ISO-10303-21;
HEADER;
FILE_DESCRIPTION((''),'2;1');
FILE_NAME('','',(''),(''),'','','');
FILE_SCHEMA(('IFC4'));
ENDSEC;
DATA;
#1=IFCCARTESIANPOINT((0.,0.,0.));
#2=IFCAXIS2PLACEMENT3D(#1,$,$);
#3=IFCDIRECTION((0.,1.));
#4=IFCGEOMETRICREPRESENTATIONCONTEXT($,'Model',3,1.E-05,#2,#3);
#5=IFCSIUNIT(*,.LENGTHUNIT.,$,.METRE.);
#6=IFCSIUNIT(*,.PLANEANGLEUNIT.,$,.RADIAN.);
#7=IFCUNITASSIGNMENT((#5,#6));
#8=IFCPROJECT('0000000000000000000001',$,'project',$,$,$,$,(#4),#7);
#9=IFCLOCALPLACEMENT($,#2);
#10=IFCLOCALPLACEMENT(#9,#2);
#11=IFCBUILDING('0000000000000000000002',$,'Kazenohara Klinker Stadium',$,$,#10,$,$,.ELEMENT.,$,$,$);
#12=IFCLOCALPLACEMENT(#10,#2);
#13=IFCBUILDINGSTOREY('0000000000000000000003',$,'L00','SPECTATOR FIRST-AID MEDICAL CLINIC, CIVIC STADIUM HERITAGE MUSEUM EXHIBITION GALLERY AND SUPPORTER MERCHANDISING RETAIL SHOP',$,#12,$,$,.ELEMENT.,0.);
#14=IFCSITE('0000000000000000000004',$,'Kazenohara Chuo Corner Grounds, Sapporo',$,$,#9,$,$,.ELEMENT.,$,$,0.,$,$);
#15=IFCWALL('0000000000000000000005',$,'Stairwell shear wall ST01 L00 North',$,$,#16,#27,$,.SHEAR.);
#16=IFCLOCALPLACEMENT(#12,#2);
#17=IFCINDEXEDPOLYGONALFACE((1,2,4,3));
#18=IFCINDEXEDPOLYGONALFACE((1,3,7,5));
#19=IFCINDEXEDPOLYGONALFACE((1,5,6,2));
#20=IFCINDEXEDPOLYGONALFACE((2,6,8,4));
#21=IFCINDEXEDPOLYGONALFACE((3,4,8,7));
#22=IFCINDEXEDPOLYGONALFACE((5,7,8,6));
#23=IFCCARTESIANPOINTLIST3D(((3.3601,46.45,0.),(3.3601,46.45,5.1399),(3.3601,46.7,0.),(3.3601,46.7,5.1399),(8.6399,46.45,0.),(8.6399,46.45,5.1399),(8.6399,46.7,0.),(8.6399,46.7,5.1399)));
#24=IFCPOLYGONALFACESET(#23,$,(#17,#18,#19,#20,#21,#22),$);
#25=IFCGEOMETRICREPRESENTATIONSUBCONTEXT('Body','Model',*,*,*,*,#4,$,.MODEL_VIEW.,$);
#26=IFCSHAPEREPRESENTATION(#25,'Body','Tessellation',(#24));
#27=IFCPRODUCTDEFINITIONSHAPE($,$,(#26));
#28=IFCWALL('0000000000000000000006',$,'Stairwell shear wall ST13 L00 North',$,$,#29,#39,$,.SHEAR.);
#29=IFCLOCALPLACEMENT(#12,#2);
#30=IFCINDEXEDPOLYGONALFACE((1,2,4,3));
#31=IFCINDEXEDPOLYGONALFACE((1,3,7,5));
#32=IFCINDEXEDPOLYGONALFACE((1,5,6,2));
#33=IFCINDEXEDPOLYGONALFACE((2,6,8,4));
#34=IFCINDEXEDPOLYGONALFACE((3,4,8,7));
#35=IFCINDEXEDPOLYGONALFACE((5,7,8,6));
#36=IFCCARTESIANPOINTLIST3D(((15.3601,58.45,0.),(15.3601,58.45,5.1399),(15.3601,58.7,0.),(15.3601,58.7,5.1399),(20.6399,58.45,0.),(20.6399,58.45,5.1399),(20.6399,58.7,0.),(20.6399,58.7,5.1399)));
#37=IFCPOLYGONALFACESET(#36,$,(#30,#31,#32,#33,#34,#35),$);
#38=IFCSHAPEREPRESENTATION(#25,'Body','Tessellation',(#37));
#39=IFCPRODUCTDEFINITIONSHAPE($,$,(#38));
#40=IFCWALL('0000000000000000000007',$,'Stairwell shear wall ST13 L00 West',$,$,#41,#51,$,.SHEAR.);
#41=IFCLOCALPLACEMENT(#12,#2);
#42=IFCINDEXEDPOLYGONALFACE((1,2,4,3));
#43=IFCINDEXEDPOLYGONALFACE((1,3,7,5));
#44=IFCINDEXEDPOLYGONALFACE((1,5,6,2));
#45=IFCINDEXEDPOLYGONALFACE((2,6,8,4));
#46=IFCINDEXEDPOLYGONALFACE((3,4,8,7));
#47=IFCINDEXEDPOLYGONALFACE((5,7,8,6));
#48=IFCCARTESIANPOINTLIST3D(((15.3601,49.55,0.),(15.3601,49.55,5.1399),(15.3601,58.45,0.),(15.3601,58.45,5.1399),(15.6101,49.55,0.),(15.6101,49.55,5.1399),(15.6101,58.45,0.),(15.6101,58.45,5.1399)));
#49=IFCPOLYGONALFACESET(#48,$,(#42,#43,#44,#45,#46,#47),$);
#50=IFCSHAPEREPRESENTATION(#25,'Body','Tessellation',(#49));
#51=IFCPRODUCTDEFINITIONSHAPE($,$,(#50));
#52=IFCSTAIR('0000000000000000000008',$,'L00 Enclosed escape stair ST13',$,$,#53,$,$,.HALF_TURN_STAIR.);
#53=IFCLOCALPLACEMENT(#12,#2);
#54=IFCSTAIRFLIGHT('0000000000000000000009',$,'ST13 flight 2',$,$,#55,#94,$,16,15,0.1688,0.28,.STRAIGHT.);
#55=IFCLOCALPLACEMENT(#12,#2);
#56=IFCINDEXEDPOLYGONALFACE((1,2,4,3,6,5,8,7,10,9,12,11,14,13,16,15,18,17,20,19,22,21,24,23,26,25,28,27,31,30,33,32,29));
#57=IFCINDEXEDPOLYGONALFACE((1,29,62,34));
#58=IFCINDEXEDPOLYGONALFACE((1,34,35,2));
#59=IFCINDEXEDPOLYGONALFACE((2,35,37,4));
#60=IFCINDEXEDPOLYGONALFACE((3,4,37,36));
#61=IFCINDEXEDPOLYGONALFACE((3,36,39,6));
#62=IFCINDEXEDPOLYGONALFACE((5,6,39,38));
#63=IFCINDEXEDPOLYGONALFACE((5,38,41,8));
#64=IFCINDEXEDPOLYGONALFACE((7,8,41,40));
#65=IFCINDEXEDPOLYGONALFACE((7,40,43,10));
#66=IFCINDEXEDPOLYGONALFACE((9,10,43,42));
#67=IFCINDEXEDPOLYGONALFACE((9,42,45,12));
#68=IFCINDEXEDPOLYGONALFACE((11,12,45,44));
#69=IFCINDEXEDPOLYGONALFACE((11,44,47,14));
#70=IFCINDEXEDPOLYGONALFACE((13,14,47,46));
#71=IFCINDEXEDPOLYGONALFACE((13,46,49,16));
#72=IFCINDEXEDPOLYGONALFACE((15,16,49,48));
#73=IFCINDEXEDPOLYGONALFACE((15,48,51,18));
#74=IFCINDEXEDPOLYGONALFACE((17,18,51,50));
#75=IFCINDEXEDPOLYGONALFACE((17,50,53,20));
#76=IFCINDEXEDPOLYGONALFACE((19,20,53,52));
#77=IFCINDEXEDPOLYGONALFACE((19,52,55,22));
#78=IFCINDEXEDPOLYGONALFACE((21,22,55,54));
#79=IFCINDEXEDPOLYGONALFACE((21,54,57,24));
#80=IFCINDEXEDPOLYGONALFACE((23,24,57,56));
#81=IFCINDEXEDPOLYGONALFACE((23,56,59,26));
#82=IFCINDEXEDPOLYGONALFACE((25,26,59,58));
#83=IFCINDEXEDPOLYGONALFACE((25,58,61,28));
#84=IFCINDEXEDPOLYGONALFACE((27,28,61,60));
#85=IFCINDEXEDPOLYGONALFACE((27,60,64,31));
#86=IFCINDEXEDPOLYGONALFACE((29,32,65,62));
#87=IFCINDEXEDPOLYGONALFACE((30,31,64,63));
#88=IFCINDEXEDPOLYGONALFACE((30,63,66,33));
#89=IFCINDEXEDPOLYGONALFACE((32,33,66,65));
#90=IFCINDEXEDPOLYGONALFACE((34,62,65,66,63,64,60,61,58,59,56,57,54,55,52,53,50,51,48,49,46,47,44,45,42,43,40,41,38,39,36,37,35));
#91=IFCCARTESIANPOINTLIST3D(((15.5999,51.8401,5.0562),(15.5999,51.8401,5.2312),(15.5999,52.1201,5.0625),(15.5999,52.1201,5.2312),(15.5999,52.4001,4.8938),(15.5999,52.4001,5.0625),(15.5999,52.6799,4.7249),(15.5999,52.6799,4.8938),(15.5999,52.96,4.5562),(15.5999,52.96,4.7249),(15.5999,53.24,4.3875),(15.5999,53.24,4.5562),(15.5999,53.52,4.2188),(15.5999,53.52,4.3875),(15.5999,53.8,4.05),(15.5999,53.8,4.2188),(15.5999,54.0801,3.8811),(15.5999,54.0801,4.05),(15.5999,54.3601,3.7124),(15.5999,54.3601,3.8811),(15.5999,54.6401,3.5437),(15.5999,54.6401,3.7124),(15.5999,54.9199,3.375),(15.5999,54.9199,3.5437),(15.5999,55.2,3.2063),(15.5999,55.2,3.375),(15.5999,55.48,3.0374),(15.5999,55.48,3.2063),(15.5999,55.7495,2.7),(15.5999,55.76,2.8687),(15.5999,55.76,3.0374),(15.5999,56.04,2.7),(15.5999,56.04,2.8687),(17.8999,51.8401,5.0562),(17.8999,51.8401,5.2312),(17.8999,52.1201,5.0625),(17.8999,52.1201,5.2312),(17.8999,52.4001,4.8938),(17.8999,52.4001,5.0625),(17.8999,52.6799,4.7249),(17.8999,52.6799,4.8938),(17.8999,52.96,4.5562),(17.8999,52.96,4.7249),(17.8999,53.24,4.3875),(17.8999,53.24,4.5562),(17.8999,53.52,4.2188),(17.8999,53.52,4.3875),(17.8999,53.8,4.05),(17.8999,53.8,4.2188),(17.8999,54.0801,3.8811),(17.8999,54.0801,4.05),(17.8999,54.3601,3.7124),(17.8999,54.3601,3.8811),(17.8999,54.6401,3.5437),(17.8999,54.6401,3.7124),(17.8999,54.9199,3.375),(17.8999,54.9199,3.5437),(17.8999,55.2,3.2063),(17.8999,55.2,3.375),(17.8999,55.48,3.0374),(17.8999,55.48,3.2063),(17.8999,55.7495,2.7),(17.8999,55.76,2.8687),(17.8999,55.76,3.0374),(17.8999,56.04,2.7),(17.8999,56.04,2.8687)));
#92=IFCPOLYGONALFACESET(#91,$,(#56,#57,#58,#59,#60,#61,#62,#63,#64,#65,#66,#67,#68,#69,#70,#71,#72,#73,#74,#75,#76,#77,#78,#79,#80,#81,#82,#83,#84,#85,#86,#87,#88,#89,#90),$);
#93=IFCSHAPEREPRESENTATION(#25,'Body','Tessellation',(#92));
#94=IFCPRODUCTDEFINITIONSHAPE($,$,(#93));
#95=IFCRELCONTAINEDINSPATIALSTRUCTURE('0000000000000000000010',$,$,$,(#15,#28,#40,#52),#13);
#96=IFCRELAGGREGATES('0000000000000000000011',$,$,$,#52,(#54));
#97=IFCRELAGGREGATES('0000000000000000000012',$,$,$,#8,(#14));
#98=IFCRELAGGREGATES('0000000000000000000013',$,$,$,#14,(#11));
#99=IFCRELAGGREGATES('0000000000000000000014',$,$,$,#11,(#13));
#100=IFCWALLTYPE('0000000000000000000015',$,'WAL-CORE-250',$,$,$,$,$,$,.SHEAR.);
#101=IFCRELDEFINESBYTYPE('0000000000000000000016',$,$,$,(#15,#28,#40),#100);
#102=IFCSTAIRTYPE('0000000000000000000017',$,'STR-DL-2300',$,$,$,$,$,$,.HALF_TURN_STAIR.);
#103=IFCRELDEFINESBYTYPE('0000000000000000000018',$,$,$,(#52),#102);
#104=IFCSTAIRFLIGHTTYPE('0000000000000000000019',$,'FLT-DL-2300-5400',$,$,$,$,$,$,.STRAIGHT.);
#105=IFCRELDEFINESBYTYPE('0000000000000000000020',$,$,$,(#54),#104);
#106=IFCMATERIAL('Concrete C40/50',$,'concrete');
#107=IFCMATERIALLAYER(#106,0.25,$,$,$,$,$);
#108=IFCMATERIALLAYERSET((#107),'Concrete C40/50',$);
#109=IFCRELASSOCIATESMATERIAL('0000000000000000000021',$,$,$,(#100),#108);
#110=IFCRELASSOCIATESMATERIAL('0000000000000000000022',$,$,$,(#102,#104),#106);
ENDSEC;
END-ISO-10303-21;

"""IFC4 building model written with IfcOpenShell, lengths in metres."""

from ifc_helpers import new_model, si_unit, direction, frame, frame_2d, origin, place, context, subcontext, project, spatial, polyline, rectangle, outline, extrude, material, layer, layer_set, type_object, element, aggregate, save


model = new_model("IFC4")

# Units and contexts
model_context = context("Model", 3, precision=1e-05, world=origin(), true_north=direction((0.0, 1.0)))
body_context = subcontext(model_context, "Body", "Model", "MODEL_VIEW")
ifc_project = project(units=[si_unit("LENGTHUNIT", "METRE"), si_unit("PLANEANGLEUNIT", "RADIAN")], contexts=[model_context])

# Site, building, storey
site_placement = place(None, origin())
site = spatial("IfcSite", under=ifc_project, at=site_placement, Name="Kazenohara Chuo Corner Grounds, Sapporo", CompositionType="ELEMENT", RefElevation=0.0)
building_placement = place(site_placement, origin())
building = spatial("IfcBuilding", under=site, at=building_placement, Name="Kazenohara Klinker Stadium", CompositionType="ELEMENT")
storey_placement = place(building_placement, origin())
storey = spatial("IfcBuildingStorey", under=building, at=storey_placement, Name="L00", Description="SPECTATOR FIRST-AID MEDICAL CLINIC, CIVIC STADIUM HERITAGE MUSEUM EXHIBITION GALLERY AND SUPPORTER MERCHANDISING RETAIL SHOP", CompositionType="ELEMENT", Elevation=0.0)

# Shared definitions
ifc_material_1 = material(Name="Concrete C40/50", Category="concrete")

# Wall
ifc_layer_1 = layer(ifc_material_1, 0.25)
ifc_layer_set_1 = layer_set([ifc_layer_1], Name="Concrete C40/50")
wall_type_1 = type_object("IfcWallType", Name="WAL-CORE-250", PredefinedType="SHEAR", material=ifc_layer_set_1)
wall_1_placement = place(storey_placement, frame((3.3601, 46.575, 0.0), z_axis=(0.0, 0.0, 1.0), x_axis=(1.0, 0.0, 0.0)))
element("IfcWall", 1, at=wall_1_placement, inside=storey, type_object=wall_type_1, Name="Stairwell shear wall ST01 L00 North", PredefinedType="SHEAR", context=body_context, shape_type="SweptSolid", body=[
    extrude(rectangle(XDim=5.2798, YDim=0.25, at=frame_2d((2.6399, 0.0))), origin(), (0.0, 0.0, 1.0), 5.1399),
])

# Walls
wall_2_placement = place(storey_placement, frame((15.3601, 58.575, 0.0), z_axis=(0.0, 0.0, 1.0), x_axis=(1.0, 0.0, 0.0)))
element("IfcWall", 2, at=wall_2_placement, inside=storey, type_object=wall_type_1, Name="Stairwell shear wall ST13 L00 North", PredefinedType="SHEAR", context=body_context, shape_type="SweptSolid", body=[
    extrude(rectangle(XDim=5.2798, YDim=0.25, at=frame_2d((2.6399, 0.0))), origin(), (0.0, 0.0, 1.0), 5.1399),
])
wall_3_placement = place(storey_placement, frame((15.4851, 49.55, 0.0), z_axis=(0.0, 0.0, 1.0), x_axis=(0.0, 1.0, 0.0)))
element("IfcWall", 3, at=wall_3_placement, inside=storey, type_object=wall_type_1, Name="Stairwell shear wall ST13 L00 West", PredefinedType="SHEAR", context=body_context, shape_type="SweptSolid", body=[
    extrude(rectangle(XDim=8.8999, YDim=0.25, at=frame_2d((4.45, 0.0))), origin(), (0.0, 0.0, 1.0), 5.1399),
])

# Stair, stair flight
stair_type = type_object("IfcStairType", Name="STR-DL-2300", PredefinedType="HALF_TURN_STAIR", material=ifc_material_1)
stair_placement = place(storey_placement, origin())
stair = element("IfcStair", 4, at=stair_placement, inside=storey, type_object=stair_type, Name="L00 Enclosed escape stair ST13", PredefinedType="HALF_TURN_STAIR")
stair_flight_type = type_object("IfcStairFlightType", Name="FLT-DL-2300-5400", PredefinedType="STRAIGHT", material=ifc_material_1)
stair_flight_placement = place(storey_placement, frame((16.75, 56.04, 2.7), z_axis=(0.0, 0.0, 1.0), x_axis=(0.0, -1.0, 0.0)))
stair_flight = element("IfcStairFlight", 5, at=stair_flight_placement, type_object=stair_flight_type, Name="ST13 flight 2", NumberOfRisers=16, NumberOfTreads=15, PredefinedType="STRAIGHT", RiserHeight=0.1688, TreadLength=0.28, context=body_context, shape_type="SweptSolid", body=[
    extrude(outline(polyline([(0.0, 0.0), (0.0, 0.1687), (0.28, 0.1687), (0.28, 0.3374), (0.5601, 0.3374), (0.5601, 0.5063), (0.8401, 0.5063), (0.8401, 0.675), (1.1201, 0.675), (1.1201, 0.8438), (1.3999, 0.8438), (1.3999, 1.0125), (1.6799, 1.0125), (1.6799, 1.1812), (1.96, 1.1812), (1.96, 1.3501), (2.24, 1.3501), (2.24, 1.5188), (2.52, 1.5188), (2.52, 1.6875), (2.8, 1.6875), (2.8, 1.8562), (3.0801, 1.8562), (3.0801, 2.0249), (3.3601, 2.0249), (3.3601, 2.1938), (3.6399, 2.1938), (3.6399, 2.3625), (3.9199, 2.3625), (3.9199, 2.5312), (4.2, 2.5312), (4.2, 2.7), (4.2, 2.3562), (0.2905, 0.0), (0.0, 0.0)])), frame((0.0, 1.1499, 0.0), z_axis=(0.0, -1.0, 0.0), x_axis=(1.0, 0.0, 0.0)), (0.0, 0.0, 1.0), 2.3),
])
aggregate(stair, [stair_flight])

save(model, "model.ifc")
